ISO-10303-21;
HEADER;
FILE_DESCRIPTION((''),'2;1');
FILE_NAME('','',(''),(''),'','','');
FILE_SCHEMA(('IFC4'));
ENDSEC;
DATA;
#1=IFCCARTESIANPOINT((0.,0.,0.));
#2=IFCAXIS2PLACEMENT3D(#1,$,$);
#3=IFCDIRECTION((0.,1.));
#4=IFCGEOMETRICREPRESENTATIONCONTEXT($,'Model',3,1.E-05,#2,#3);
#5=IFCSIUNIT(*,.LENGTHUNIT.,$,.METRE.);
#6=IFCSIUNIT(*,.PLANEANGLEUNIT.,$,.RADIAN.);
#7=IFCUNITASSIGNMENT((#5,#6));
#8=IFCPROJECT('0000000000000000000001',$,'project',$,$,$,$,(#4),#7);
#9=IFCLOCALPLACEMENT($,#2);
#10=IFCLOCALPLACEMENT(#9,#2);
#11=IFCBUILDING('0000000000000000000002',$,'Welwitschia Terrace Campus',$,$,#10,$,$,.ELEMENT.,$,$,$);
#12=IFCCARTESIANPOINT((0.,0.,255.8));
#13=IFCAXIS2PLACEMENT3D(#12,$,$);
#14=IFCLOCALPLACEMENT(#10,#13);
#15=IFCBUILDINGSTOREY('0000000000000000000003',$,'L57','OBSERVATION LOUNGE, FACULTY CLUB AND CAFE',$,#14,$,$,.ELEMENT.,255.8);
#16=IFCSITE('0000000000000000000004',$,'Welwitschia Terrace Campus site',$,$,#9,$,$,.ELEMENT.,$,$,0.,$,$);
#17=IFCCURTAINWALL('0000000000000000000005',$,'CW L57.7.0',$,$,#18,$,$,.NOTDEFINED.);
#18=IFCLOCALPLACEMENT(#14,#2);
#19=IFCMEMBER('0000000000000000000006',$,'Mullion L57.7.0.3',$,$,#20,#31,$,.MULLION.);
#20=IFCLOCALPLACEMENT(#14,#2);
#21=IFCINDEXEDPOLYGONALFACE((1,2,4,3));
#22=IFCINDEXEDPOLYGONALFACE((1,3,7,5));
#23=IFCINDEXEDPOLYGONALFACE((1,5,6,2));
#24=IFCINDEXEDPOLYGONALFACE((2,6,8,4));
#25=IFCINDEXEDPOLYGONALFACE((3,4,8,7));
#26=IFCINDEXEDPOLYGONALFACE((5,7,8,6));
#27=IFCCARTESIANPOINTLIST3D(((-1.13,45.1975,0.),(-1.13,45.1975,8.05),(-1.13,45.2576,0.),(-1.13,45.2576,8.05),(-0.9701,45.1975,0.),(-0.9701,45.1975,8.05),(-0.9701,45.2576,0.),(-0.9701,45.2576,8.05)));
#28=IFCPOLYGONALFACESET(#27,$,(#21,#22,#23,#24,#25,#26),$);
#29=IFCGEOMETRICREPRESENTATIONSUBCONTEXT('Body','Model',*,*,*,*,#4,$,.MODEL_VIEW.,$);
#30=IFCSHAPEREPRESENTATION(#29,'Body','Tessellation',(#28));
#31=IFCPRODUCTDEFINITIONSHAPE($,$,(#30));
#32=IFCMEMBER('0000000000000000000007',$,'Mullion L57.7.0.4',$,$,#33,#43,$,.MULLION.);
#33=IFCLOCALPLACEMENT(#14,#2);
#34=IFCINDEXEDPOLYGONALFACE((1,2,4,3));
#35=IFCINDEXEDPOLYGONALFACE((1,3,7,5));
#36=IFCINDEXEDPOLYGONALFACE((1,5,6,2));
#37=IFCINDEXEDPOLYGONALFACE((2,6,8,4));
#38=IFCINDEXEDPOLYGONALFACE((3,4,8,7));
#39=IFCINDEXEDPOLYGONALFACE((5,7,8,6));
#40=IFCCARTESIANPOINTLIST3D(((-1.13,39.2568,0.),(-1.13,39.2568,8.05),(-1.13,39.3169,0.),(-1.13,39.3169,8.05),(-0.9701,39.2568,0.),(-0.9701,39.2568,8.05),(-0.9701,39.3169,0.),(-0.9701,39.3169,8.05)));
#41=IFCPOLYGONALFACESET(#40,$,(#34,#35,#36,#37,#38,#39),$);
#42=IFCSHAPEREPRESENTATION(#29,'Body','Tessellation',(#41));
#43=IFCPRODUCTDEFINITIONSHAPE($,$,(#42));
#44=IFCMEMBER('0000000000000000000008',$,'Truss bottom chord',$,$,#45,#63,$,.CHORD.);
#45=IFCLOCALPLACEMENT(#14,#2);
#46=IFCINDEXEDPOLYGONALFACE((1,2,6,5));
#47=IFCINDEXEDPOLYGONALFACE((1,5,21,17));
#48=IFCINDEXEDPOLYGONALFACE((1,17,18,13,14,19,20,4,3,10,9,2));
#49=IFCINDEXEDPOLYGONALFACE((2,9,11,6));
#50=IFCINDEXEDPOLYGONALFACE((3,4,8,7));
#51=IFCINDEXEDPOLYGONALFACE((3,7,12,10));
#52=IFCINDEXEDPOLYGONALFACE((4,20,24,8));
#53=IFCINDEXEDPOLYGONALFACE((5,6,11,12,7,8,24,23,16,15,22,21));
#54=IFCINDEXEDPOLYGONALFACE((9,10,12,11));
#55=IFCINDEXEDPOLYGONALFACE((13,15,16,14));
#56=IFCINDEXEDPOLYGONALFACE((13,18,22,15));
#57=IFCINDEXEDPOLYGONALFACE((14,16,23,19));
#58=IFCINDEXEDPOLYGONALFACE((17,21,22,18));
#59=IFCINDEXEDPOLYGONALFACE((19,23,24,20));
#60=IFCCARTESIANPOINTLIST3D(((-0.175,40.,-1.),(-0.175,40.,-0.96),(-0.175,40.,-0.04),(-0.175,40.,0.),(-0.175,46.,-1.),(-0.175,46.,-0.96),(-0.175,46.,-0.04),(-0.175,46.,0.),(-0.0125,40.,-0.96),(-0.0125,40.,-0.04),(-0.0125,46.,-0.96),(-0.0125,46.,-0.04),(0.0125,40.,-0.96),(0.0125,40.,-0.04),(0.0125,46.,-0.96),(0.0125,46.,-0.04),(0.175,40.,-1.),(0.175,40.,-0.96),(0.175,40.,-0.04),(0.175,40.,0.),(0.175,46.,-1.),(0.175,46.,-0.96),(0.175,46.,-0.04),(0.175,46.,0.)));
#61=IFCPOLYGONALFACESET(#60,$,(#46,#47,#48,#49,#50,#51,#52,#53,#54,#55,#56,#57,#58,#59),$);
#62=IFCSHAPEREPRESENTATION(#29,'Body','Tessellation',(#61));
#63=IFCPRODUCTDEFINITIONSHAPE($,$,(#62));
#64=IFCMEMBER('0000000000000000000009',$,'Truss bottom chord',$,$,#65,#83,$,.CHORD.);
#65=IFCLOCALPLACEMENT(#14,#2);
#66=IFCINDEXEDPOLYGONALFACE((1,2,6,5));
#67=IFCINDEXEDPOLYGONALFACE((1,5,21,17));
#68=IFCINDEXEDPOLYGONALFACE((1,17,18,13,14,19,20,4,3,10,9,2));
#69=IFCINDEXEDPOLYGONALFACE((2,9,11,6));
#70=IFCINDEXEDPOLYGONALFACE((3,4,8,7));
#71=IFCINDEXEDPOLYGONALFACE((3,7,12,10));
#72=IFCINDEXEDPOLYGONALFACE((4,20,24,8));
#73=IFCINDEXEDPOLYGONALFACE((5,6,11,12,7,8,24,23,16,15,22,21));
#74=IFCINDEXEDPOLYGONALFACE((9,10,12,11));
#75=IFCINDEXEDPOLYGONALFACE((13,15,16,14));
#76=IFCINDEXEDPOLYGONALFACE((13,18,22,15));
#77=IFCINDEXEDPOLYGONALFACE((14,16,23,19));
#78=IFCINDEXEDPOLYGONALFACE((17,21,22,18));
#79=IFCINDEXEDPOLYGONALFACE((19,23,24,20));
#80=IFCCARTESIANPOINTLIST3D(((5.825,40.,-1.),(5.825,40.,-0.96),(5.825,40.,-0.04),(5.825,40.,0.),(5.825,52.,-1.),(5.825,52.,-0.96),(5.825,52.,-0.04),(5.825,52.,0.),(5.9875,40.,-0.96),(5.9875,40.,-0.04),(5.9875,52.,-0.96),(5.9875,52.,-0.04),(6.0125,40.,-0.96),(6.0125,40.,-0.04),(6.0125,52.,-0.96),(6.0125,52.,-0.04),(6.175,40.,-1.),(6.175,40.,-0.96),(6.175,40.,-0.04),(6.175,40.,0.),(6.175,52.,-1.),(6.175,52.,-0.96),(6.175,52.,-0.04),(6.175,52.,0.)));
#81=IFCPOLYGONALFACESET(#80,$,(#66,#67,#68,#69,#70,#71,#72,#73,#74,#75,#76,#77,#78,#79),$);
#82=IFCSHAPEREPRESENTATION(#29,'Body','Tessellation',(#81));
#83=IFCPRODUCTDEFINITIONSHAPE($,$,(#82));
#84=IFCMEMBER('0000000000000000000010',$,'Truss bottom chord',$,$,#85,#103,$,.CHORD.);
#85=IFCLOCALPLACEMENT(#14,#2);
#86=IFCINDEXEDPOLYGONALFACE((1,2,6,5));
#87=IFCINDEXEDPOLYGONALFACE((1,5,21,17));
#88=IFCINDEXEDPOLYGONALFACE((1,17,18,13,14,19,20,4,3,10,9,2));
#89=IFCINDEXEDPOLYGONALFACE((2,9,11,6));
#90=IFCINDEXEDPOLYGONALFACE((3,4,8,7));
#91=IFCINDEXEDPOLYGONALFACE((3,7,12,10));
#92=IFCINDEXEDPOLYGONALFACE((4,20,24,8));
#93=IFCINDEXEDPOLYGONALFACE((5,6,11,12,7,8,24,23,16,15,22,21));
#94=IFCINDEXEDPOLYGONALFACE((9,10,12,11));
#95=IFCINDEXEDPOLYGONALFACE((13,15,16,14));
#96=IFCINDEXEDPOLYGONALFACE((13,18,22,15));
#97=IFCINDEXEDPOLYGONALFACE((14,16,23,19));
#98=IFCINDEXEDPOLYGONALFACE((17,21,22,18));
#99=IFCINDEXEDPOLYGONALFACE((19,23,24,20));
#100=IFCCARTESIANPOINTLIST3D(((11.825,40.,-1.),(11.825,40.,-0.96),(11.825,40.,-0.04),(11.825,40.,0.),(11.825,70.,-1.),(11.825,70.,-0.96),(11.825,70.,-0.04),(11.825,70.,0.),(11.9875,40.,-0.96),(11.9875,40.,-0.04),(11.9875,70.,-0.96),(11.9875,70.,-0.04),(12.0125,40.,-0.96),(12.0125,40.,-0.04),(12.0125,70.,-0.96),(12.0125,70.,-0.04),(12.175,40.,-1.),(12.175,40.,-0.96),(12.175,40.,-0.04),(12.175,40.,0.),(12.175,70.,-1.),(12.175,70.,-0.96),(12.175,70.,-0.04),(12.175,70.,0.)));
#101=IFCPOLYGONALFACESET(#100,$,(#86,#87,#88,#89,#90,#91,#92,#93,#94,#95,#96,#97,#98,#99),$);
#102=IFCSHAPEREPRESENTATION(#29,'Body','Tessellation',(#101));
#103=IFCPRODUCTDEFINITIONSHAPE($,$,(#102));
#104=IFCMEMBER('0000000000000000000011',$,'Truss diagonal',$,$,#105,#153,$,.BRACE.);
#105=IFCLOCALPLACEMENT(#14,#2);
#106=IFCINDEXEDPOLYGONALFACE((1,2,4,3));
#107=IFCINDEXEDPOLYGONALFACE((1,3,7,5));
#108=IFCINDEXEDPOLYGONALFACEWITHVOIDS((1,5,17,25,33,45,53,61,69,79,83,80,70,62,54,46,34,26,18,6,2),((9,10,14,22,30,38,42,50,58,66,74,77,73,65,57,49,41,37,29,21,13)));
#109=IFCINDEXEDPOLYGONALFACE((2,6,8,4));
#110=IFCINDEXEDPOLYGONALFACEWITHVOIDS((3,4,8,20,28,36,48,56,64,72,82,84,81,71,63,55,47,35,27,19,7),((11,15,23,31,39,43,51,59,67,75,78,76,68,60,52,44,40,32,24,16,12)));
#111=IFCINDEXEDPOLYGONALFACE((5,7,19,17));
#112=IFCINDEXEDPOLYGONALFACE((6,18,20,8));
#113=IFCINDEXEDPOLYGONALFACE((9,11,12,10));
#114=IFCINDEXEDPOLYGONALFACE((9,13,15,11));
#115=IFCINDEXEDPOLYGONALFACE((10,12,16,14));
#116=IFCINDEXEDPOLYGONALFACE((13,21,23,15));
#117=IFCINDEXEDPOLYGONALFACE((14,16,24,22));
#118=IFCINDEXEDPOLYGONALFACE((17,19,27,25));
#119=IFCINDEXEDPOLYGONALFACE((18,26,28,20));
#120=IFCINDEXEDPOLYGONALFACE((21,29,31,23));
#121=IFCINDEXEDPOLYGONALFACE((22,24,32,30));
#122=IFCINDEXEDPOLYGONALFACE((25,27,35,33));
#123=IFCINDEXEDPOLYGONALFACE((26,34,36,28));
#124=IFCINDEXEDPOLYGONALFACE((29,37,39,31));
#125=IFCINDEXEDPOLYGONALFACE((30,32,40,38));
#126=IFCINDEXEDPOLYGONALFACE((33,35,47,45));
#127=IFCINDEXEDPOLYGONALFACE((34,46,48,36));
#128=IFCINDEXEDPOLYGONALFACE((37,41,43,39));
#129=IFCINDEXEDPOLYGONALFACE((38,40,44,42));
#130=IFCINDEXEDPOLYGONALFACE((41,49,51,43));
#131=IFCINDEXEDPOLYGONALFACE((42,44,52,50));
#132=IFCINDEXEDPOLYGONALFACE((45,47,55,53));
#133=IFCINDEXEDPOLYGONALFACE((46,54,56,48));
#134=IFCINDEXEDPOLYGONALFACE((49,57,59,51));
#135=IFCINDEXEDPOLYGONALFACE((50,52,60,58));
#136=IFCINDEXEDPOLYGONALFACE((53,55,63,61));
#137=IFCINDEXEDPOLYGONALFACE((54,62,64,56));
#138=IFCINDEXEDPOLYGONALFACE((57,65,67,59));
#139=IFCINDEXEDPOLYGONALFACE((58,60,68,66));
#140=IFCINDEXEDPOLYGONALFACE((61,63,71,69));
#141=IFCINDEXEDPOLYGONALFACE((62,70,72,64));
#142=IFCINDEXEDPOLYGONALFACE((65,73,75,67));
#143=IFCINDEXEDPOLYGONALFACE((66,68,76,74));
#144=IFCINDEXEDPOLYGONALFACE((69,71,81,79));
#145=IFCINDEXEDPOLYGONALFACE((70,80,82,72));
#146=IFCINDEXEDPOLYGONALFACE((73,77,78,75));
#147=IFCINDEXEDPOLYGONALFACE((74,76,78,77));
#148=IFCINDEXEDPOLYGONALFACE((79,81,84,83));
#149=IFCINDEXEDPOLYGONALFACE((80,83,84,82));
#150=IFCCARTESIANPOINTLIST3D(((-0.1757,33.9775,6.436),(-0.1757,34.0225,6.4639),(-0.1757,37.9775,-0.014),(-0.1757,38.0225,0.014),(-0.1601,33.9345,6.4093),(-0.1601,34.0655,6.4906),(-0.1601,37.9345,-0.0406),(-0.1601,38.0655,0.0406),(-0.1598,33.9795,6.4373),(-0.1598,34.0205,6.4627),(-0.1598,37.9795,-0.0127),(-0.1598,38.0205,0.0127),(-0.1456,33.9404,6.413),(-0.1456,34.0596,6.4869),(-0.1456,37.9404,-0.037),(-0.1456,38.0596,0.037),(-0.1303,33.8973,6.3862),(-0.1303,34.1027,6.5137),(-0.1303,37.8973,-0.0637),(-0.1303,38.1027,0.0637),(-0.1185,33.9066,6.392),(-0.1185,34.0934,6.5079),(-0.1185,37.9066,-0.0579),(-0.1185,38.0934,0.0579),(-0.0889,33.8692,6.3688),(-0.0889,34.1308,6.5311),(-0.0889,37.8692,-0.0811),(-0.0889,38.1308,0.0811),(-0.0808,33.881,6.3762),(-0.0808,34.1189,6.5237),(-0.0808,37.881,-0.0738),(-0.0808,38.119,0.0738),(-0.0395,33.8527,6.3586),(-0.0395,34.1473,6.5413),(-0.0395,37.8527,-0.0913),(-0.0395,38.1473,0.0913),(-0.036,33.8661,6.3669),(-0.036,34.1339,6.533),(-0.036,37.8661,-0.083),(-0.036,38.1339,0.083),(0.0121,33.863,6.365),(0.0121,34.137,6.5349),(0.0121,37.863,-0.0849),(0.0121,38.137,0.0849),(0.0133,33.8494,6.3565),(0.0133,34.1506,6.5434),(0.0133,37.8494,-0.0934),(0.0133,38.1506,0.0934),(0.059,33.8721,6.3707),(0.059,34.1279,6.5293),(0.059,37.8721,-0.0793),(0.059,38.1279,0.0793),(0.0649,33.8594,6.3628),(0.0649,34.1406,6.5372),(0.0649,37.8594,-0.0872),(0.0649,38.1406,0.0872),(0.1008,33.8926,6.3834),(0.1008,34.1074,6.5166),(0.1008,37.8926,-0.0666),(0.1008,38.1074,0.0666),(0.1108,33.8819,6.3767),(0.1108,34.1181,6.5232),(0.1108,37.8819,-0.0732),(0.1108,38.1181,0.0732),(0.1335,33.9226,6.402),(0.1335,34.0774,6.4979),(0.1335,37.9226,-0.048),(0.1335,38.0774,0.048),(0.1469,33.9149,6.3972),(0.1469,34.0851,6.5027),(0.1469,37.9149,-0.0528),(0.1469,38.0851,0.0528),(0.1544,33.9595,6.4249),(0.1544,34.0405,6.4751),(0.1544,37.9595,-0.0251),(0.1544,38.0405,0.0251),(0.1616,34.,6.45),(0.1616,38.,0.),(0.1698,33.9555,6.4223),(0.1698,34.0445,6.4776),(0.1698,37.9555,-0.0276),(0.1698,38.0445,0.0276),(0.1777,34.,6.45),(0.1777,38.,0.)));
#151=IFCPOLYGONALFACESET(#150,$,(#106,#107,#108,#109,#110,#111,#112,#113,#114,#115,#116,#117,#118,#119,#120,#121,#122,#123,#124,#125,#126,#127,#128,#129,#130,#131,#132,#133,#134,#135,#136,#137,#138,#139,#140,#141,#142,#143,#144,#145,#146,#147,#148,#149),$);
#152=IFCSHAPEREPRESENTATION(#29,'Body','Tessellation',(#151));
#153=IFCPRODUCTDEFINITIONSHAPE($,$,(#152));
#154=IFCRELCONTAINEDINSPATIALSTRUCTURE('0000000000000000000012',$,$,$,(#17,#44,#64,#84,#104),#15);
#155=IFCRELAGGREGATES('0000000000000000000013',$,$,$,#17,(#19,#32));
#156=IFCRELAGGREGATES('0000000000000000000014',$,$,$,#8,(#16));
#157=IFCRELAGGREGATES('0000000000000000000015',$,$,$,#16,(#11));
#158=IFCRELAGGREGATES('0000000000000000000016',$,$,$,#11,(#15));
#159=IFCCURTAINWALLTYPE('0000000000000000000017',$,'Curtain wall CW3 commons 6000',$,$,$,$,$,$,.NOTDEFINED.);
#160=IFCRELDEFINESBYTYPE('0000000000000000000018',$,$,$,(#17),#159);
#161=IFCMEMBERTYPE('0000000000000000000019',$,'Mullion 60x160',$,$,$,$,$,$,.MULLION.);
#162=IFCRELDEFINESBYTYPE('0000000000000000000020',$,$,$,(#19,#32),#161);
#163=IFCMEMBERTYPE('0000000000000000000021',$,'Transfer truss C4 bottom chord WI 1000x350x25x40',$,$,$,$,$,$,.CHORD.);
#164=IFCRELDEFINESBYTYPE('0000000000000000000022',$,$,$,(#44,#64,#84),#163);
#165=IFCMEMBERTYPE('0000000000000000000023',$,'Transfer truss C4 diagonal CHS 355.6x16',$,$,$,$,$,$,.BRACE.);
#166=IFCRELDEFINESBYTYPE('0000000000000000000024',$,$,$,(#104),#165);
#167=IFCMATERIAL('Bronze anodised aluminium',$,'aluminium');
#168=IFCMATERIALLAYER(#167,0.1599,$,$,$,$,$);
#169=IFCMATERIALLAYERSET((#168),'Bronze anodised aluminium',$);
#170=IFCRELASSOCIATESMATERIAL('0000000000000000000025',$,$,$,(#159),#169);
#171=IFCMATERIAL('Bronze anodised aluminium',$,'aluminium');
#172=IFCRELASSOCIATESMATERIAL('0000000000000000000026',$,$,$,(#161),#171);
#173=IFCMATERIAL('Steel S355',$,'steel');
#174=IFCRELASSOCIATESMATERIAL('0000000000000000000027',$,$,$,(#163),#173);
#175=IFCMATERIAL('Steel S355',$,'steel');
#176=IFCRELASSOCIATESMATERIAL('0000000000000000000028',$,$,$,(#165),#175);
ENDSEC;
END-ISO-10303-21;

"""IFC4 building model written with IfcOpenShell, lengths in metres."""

from ifc_helpers import new_model, si_unit, direction, frame, origin, origin_2d, place, context, subcontext, project, spatial, rectangle, hollow_circle, i_section, extrude, material, layer, layer_set, material_profile, profile_set, type_object, element, aggregate, save


model = new_model("IFC4")

# Units and contexts
model_context = context("Model", 3, precision=1e-05, world=origin(), true_north=direction((0.0, 1.0)))
body_context = subcontext(model_context, "Body", "Model", "MODEL_VIEW")
ifc_project = project(units=[si_unit("LENGTHUNIT", "METRE"), si_unit("PLANEANGLEUNIT", "RADIAN")], contexts=[model_context])

# Site, building, storey
site_placement = place(None, origin())
site = spatial("IfcSite", under=ifc_project, at=site_placement, Name="Welwitschia Terrace Campus site", CompositionType="ELEMENT", RefElevation=0.0)
building_placement = place(site_placement, origin())
building = spatial("IfcBuilding", under=site, at=building_placement, Name="Welwitschia Terrace Campus", CompositionType="ELEMENT")
storey_placement = place(building_placement, frame((0.0, 0.0, 255.8)))
storey = spatial("IfcBuildingStorey", under=building, at=storey_placement, Name="L57", Description="OBSERVATION LOUNGE, FACULTY CLUB AND CAFE", CompositionType="ELEMENT", Elevation=255.8)

# Curtain wall, members
ifc_material_1 = material(Name="Bronze anodised aluminium", Category="aluminium")
ifc_layer_1 = layer(ifc_material_1, 0.1599)
ifc_layer_set_1 = layer_set([ifc_layer_1], Name="Bronze anodised aluminium")
curtain_wall_type = type_object("IfcCurtainWallType", Name="Curtain wall CW3 commons 6000", PredefinedType="NOTDEFINED", material=ifc_layer_set_1)
curtain_wall_placement = place(storey_placement, origin())
curtain_wall = element("IfcCurtainWall", 1, at=curtain_wall_placement, inside=storey, type_object=curtain_wall_type, Name="CW L57.7.0", PredefinedType="NOTDEFINED")
ifc_material_2 = material(Name="Bronze anodised aluminium", Category="aluminium")
ifc_material_profile_1 = material_profile(ifc_material_2, rectangle(XDim=0.1599, YDim=0.0601, at=origin_2d()))
ifc_profile_set_1 = profile_set([ifc_material_profile_1], Name="Bronze anodised aluminium")
member_type_1 = type_object("IfcMemberType", Name="Mullion 60x160", PredefinedType="MULLION", material=ifc_profile_set_1)
member_1_placement = place(storey_placement, frame((-1.05, 45.2275, 0.0), z_axis=(0.0, 0.0, 1.0), x_axis=(1.0, 0.0, 0.0)))
member_1 = element("IfcMember", 2, at=member_1_placement, type_object=member_type_1, Name="Mullion L57.7.0.3", PredefinedType="MULLION", context=body_context, shape_type="SweptSolid", body=[
    extrude(rectangle(XDim=0.1599, YDim=0.0601, at=origin_2d()), origin(), (0.0, 0.0, 1.0), 8.05),
])
member_2_placement = place(storey_placement, frame((-1.05, 39.2869, 0.0), z_axis=(0.0, 0.0, 1.0), x_axis=(1.0, 0.0, 0.0)))
member_2 = element("IfcMember", 3, at=member_2_placement, type_object=member_type_1, Name="Mullion L57.7.0.4", PredefinedType="MULLION", context=body_context, shape_type="SweptSolid", body=[
    extrude(rectangle(XDim=0.1599, YDim=0.0601, at=origin_2d()), origin(), (0.0, 0.0, 1.0), 8.05),
])

# Members
ifc_material_3 = material(Name="Steel S355", Category="steel")
ifc_material_profile_2 = material_profile(ifc_material_3, i_section(OverallWidth=0.3501, OverallDepth=1.0, WebThickness=0.0249, FlangeThickness=0.04, at=origin_2d()))
ifc_profile_set_2 = profile_set([ifc_material_profile_2], Name="Steel S355")
member_type_2 = type_object("IfcMemberType", Name="Transfer truss C4 bottom chord WI 1000x350x25x40", PredefinedType="CHORD", material=ifc_profile_set_2)
member_3_placement = place(storey_placement, frame((0.0, 40.0, -0.5), z_axis=(0.0, 1.0, 0.0), x_axis=(-1.0, 0.0, 0.0)))
element("IfcMember", 4, at=member_3_placement, inside=storey, type_object=member_type_2, Name="Truss bottom chord", PredefinedType="CHORD", context=body_context, shape_type="SweptSolid", body=[
    extrude(i_section(OverallWidth=0.3501, OverallDepth=1.0, WebThickness=0.0249, FlangeThickness=0.04, at=origin_2d()), origin(), (0.0, 0.0, 1.0), 6.0),
])
member_4_placement = place(storey_placement, frame((6.0, 40.0, -0.5), z_axis=(0.0, 1.0, 0.0), x_axis=(-1.0, 0.0, 0.0)))
element("IfcMember", 5, at=member_4_placement, inside=storey, type_object=member_type_2, Name="Truss bottom chord", PredefinedType="CHORD", context=body_context, shape_type="SweptSolid", body=[
    extrude(i_section(OverallWidth=0.3501, OverallDepth=1.0, WebThickness=0.0249, FlangeThickness=0.04, at=origin_2d()), origin(), (0.0, 0.0, 1.0), 12.0),
])
member_5_placement = place(storey_placement, frame((12.0, 40.0, -0.5), z_axis=(0.0, 1.0, 0.0), x_axis=(-1.0, 0.0, 0.0)))
element("IfcMember", 6, at=member_5_placement, inside=storey, type_object=member_type_2, Name="Truss bottom chord", PredefinedType="CHORD", context=body_context, shape_type="SweptSolid", body=[
    extrude(i_section(OverallWidth=0.3501, OverallDepth=1.0, WebThickness=0.0249, FlangeThickness=0.04, at=origin_2d()), origin(), (0.0, 0.0, 1.0), 30.0),
])
ifc_material_4 = material(Name="Steel S355", Category="steel")
ifc_material_profile_3 = material_profile(ifc_material_4, hollow_circle(Radius=0.1777, WallThickness=0.0161, at=origin_2d()))
ifc_profile_set_3 = profile_set([ifc_material_profile_3], Name="Steel S355")
member_type_3 = type_object("IfcMemberType", Name="Transfer truss C4 diagonal CHS 355.6x16", PredefinedType="BRACE", material=ifc_profile_set_3)
member_6_placement = place(storey_placement, frame((0.0, 38.0, 0.0), z_axis=(0.0, -0.527038, 0.849842), x_axis=(1.0, 0.0, 0.0)))
element("IfcMember", 7, at=member_6_placement, inside=storey, type_object=member_type_3, Name="Truss diagonal", PredefinedType="BRACE", context=body_context, shape_type="SweptSolid", body=[
    extrude(hollow_circle(Radius=0.1777, WallThickness=0.0161, at=origin_2d()), origin(), (0.0, 0.0, 1.0), 7.5896),
])

aggregate(curtain_wall, [member_1, member_2])

save(model, "model.ifc")
